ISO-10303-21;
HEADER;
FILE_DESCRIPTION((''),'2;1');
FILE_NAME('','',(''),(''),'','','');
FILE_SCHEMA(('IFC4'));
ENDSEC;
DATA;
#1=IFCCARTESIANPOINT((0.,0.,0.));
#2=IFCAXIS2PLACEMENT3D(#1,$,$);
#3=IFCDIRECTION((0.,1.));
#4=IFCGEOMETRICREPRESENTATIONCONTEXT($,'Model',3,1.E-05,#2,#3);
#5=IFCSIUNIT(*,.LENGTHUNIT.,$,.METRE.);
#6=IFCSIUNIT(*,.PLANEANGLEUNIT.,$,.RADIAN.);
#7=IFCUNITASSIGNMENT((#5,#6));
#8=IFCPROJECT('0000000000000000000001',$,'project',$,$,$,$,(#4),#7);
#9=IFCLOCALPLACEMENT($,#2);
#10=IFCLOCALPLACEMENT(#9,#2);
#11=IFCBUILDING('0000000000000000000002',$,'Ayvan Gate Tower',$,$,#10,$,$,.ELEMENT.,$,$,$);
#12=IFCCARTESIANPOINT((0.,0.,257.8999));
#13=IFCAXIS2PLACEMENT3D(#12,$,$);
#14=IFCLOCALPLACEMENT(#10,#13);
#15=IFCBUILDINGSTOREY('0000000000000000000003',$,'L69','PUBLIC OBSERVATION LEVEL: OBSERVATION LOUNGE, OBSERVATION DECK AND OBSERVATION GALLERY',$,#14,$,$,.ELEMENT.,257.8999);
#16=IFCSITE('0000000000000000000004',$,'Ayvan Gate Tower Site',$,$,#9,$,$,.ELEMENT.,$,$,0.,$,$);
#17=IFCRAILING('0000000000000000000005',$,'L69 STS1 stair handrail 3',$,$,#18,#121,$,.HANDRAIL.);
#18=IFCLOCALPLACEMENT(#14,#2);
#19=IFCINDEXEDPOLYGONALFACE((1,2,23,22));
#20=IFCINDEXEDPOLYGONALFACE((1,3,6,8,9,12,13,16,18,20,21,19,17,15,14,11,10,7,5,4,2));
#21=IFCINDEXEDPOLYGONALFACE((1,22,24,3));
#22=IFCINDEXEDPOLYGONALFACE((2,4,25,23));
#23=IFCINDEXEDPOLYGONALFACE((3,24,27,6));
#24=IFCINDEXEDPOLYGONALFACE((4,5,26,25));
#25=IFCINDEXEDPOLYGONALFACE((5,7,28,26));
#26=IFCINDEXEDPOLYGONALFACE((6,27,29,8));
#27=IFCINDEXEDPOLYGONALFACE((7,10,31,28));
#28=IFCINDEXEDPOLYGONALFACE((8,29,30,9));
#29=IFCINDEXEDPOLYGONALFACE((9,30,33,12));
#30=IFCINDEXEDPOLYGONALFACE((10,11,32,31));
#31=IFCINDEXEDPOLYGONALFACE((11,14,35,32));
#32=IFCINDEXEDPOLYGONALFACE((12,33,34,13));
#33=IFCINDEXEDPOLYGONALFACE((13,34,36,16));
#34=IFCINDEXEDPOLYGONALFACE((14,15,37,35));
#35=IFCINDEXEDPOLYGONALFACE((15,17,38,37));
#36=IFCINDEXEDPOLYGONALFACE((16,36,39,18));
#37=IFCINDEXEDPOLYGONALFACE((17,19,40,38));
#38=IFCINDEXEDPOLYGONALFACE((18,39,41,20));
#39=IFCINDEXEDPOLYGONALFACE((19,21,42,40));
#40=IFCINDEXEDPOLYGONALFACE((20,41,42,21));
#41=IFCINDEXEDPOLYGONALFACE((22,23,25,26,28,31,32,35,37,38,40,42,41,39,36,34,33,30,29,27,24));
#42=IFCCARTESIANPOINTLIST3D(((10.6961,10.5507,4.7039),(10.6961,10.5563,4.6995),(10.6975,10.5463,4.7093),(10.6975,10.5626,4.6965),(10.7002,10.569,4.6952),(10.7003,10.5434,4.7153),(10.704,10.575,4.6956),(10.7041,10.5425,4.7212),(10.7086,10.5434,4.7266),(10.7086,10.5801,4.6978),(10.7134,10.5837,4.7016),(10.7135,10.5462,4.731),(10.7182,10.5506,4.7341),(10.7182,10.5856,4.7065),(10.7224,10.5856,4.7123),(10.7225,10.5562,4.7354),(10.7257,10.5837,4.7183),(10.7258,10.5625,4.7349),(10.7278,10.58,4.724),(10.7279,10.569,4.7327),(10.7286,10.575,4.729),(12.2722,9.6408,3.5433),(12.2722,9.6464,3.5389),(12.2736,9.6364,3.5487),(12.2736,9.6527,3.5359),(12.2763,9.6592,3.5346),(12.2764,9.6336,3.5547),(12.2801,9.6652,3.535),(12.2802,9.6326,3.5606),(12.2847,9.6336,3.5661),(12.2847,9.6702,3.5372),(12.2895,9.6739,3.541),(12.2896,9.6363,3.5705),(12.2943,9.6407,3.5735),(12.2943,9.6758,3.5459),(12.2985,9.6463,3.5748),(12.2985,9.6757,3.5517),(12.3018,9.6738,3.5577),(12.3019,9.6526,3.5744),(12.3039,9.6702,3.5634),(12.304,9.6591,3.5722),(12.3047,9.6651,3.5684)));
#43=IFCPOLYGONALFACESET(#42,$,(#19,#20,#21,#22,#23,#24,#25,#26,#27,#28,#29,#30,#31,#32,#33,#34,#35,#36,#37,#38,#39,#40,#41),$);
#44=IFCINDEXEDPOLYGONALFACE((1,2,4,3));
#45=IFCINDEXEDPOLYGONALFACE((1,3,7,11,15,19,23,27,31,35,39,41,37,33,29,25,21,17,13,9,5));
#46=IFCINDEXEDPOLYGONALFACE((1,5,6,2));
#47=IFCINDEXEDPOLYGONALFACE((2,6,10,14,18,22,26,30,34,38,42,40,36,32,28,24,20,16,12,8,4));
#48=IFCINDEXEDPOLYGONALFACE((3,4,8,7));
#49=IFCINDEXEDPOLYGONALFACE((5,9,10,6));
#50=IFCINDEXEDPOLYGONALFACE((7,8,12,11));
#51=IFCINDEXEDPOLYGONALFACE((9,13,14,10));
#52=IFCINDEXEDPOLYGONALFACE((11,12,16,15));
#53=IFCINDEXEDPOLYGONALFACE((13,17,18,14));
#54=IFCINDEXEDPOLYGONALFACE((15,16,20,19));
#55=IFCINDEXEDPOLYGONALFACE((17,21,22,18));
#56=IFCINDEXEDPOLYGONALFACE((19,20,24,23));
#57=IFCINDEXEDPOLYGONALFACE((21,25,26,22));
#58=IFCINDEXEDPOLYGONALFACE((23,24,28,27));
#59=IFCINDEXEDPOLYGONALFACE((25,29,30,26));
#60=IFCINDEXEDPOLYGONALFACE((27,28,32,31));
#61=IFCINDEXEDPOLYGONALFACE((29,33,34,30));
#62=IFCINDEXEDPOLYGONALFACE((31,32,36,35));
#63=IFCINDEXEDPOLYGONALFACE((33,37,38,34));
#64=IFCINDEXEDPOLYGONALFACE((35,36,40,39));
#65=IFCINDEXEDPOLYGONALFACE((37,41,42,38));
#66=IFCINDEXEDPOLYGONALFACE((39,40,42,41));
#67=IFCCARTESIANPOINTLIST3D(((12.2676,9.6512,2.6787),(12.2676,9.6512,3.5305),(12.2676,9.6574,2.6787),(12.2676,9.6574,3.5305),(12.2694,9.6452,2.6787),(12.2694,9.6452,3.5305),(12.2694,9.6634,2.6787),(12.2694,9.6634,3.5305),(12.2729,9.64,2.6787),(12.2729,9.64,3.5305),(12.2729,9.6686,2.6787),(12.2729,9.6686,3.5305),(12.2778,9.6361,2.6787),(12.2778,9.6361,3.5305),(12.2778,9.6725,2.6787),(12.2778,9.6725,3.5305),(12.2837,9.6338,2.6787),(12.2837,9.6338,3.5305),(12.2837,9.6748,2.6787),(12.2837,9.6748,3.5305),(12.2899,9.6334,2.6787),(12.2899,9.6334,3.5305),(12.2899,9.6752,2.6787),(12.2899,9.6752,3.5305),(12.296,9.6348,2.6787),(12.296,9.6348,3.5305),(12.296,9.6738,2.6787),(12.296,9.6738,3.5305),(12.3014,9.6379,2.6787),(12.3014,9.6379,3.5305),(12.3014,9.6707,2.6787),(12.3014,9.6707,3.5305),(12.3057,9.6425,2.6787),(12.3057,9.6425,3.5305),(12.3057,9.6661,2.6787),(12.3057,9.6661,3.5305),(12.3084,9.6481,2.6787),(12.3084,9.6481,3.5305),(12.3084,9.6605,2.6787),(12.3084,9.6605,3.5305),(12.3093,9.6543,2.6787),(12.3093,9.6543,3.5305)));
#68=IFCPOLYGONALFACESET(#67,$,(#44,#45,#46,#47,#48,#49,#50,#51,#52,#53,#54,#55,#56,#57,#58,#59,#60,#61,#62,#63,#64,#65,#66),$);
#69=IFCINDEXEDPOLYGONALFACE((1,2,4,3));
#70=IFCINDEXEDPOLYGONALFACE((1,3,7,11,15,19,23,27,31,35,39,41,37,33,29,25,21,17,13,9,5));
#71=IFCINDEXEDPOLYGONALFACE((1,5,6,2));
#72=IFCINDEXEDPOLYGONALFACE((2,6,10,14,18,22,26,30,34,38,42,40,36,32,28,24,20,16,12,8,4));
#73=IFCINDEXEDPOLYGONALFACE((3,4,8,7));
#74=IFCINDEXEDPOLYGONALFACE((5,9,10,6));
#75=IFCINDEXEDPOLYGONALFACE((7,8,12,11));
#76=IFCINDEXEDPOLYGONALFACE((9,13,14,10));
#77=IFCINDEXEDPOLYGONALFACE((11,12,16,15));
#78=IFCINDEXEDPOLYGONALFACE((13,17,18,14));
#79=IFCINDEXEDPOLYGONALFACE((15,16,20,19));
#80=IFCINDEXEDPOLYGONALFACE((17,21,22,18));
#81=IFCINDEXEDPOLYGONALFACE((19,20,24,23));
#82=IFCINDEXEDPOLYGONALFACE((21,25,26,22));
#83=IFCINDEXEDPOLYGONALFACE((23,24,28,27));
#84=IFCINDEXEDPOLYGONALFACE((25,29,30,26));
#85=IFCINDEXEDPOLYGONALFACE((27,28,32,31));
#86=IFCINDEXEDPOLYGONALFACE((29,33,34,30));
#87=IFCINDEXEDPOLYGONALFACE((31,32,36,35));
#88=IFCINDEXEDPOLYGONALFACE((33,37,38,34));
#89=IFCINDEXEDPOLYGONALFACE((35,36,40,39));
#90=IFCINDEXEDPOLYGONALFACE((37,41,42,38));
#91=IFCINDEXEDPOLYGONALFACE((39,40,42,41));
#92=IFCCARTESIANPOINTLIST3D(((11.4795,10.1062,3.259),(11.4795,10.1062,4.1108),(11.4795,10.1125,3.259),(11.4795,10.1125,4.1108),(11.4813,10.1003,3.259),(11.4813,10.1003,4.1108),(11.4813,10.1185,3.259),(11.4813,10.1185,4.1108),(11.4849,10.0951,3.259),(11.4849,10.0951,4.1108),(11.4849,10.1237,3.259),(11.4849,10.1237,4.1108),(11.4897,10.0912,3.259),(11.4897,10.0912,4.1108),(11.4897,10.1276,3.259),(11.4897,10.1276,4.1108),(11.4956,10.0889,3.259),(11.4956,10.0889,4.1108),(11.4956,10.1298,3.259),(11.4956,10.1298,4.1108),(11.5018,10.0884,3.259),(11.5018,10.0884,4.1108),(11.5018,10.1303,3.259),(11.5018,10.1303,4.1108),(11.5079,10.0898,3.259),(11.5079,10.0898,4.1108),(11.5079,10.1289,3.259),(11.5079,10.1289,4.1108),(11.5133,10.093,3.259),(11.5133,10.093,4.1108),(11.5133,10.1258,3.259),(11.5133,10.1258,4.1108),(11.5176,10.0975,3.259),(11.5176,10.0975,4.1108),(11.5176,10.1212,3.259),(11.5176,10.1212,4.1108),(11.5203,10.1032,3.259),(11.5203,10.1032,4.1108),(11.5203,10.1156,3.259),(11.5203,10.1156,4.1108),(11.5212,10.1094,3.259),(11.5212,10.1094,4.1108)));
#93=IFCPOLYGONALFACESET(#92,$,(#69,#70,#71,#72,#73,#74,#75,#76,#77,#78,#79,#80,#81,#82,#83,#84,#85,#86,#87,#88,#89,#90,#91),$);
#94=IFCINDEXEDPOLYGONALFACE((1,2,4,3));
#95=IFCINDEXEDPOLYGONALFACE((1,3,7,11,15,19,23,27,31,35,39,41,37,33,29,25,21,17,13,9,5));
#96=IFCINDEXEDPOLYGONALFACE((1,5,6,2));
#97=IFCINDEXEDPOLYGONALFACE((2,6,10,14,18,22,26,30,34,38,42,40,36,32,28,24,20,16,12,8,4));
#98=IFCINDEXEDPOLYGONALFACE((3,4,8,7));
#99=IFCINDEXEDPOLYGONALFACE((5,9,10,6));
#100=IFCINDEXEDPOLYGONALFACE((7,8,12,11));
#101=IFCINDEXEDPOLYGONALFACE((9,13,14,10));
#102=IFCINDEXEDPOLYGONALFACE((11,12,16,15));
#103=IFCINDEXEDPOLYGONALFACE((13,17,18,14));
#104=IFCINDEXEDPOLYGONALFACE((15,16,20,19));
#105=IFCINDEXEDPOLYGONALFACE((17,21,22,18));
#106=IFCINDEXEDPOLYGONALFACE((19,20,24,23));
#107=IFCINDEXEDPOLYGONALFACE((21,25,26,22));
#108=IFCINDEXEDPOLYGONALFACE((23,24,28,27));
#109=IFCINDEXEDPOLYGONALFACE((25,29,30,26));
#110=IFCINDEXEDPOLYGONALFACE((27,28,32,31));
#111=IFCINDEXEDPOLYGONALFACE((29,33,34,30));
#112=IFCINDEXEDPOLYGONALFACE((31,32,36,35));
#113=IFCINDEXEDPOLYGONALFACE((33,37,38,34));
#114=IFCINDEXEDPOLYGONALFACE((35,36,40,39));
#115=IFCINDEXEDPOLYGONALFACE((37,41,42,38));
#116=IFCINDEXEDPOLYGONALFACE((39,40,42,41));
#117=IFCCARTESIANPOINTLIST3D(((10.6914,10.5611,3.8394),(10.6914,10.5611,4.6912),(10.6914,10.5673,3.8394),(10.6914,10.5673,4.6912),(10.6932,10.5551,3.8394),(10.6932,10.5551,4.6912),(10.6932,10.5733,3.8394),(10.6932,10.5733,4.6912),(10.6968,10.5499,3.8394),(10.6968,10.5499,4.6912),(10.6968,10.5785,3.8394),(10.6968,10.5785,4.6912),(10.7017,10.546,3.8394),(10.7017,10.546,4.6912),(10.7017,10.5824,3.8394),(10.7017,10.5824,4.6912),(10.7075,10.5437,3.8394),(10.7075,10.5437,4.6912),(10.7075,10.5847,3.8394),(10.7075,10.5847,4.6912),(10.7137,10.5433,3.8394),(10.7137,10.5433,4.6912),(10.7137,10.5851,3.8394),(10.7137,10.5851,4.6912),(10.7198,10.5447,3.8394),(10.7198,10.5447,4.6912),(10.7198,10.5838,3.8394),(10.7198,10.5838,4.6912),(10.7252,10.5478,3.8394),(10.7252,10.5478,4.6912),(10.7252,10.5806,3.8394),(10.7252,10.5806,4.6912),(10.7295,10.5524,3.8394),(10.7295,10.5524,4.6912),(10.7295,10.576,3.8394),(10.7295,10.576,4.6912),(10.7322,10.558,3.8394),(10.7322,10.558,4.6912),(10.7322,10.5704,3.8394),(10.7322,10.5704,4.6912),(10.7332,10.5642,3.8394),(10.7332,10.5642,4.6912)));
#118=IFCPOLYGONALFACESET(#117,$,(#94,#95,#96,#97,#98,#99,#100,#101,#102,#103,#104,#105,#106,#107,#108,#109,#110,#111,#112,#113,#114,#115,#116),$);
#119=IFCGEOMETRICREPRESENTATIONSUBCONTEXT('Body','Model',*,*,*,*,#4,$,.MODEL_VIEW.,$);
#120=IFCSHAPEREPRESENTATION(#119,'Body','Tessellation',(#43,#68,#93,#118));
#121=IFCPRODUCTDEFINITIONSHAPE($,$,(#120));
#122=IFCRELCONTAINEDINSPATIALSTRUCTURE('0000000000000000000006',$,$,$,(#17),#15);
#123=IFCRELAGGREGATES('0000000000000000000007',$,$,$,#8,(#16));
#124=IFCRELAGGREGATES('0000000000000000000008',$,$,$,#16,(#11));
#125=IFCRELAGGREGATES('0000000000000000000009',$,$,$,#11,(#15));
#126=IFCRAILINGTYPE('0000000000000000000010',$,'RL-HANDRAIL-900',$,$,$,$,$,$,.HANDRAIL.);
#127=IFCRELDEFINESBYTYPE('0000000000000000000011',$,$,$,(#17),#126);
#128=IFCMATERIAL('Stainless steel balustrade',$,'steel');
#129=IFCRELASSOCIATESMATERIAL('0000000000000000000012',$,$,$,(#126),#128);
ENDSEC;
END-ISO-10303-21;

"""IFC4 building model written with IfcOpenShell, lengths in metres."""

from ifc_helpers import new_model, si_unit, direction, frame, origin, origin_2d, place, context, subcontext, project, spatial, circle, extrude, material, type_object, element, save


model = new_model("IFC4")

# Units and contexts
model_context = context("Model", 3, precision=1e-05, world=origin(), true_north=direction((0.0, 1.0)))
body_context = subcontext(model_context, "Body", "Model", "MODEL_VIEW")
ifc_project = project(units=[si_unit("LENGTHUNIT", "METRE"), si_unit("PLANEANGLEUNIT", "RADIAN")], contexts=[model_context])

# Site, building, storey
site_placement = place(None, origin())
site = spatial("IfcSite", under=ifc_project, at=site_placement, Name="Ayvan Gate Tower Site", CompositionType="ELEMENT", RefElevation=0.0)
building_placement = place(site_placement, origin())
building = spatial("IfcBuilding", under=site, at=building_placement, Name="Ayvan Gate Tower", CompositionType="ELEMENT")
storey_placement = place(building_placement, frame((0.0, 0.0, 257.8999)))
storey = spatial("IfcBuildingStorey", under=building, at=storey_placement, Name="L69", Description="PUBLIC OBSERVATION LEVEL: OBSERVATION LOUNGE, OBSERVATION DECK AND OBSERVATION GALLERY", CompositionType="ELEMENT", Elevation=257.8999)

# Railing
ifc_material_1 = material(Name="Stainless steel balustrade", Category="steel")
railing_type_1 = type_object("IfcRailingType", Name="RL-HANDRAIL-900", PredefinedType="HANDRAIL", material=ifc_material_1)
railing_1_placement = place(storey_placement, frame((12.2883, 9.6543, 2.6787)))
element("IfcRailing", 1, at=railing_1_placement, inside=storey, type_object=railing_type_1, Name="L69 STS1 stair handrail 3", PredefinedType="HANDRAIL", context=body_context, shape_type="SweptSolid", body=[
    extrude(circle(Radius=0.0239, at=origin_2d()), frame((0.0, 0.0, 0.876), z_axis=(-0.730198, 0.421538, 0.537695), x_axis=(-0.499962, -0.866047, 0.0)), (0.0, 0.0, 1.0), 2.1584),
    extrude(circle(Radius=0.021, at=origin_2d()), origin(), (0.0, 0.0, 1.0), 0.8518),
    extrude(circle(Radius=0.021, at=origin_2d()), frame((-0.7881, 0.4551, 0.5803)), (0.0, 0.0, 1.0), 0.8518),
    extrude(circle(Radius=0.021, at=origin_2d()), frame((-1.5762, 0.9099, 1.1606)), (0.0, 0.0, 1.0), 0.8518),
])

save(model, "model.ifc")
